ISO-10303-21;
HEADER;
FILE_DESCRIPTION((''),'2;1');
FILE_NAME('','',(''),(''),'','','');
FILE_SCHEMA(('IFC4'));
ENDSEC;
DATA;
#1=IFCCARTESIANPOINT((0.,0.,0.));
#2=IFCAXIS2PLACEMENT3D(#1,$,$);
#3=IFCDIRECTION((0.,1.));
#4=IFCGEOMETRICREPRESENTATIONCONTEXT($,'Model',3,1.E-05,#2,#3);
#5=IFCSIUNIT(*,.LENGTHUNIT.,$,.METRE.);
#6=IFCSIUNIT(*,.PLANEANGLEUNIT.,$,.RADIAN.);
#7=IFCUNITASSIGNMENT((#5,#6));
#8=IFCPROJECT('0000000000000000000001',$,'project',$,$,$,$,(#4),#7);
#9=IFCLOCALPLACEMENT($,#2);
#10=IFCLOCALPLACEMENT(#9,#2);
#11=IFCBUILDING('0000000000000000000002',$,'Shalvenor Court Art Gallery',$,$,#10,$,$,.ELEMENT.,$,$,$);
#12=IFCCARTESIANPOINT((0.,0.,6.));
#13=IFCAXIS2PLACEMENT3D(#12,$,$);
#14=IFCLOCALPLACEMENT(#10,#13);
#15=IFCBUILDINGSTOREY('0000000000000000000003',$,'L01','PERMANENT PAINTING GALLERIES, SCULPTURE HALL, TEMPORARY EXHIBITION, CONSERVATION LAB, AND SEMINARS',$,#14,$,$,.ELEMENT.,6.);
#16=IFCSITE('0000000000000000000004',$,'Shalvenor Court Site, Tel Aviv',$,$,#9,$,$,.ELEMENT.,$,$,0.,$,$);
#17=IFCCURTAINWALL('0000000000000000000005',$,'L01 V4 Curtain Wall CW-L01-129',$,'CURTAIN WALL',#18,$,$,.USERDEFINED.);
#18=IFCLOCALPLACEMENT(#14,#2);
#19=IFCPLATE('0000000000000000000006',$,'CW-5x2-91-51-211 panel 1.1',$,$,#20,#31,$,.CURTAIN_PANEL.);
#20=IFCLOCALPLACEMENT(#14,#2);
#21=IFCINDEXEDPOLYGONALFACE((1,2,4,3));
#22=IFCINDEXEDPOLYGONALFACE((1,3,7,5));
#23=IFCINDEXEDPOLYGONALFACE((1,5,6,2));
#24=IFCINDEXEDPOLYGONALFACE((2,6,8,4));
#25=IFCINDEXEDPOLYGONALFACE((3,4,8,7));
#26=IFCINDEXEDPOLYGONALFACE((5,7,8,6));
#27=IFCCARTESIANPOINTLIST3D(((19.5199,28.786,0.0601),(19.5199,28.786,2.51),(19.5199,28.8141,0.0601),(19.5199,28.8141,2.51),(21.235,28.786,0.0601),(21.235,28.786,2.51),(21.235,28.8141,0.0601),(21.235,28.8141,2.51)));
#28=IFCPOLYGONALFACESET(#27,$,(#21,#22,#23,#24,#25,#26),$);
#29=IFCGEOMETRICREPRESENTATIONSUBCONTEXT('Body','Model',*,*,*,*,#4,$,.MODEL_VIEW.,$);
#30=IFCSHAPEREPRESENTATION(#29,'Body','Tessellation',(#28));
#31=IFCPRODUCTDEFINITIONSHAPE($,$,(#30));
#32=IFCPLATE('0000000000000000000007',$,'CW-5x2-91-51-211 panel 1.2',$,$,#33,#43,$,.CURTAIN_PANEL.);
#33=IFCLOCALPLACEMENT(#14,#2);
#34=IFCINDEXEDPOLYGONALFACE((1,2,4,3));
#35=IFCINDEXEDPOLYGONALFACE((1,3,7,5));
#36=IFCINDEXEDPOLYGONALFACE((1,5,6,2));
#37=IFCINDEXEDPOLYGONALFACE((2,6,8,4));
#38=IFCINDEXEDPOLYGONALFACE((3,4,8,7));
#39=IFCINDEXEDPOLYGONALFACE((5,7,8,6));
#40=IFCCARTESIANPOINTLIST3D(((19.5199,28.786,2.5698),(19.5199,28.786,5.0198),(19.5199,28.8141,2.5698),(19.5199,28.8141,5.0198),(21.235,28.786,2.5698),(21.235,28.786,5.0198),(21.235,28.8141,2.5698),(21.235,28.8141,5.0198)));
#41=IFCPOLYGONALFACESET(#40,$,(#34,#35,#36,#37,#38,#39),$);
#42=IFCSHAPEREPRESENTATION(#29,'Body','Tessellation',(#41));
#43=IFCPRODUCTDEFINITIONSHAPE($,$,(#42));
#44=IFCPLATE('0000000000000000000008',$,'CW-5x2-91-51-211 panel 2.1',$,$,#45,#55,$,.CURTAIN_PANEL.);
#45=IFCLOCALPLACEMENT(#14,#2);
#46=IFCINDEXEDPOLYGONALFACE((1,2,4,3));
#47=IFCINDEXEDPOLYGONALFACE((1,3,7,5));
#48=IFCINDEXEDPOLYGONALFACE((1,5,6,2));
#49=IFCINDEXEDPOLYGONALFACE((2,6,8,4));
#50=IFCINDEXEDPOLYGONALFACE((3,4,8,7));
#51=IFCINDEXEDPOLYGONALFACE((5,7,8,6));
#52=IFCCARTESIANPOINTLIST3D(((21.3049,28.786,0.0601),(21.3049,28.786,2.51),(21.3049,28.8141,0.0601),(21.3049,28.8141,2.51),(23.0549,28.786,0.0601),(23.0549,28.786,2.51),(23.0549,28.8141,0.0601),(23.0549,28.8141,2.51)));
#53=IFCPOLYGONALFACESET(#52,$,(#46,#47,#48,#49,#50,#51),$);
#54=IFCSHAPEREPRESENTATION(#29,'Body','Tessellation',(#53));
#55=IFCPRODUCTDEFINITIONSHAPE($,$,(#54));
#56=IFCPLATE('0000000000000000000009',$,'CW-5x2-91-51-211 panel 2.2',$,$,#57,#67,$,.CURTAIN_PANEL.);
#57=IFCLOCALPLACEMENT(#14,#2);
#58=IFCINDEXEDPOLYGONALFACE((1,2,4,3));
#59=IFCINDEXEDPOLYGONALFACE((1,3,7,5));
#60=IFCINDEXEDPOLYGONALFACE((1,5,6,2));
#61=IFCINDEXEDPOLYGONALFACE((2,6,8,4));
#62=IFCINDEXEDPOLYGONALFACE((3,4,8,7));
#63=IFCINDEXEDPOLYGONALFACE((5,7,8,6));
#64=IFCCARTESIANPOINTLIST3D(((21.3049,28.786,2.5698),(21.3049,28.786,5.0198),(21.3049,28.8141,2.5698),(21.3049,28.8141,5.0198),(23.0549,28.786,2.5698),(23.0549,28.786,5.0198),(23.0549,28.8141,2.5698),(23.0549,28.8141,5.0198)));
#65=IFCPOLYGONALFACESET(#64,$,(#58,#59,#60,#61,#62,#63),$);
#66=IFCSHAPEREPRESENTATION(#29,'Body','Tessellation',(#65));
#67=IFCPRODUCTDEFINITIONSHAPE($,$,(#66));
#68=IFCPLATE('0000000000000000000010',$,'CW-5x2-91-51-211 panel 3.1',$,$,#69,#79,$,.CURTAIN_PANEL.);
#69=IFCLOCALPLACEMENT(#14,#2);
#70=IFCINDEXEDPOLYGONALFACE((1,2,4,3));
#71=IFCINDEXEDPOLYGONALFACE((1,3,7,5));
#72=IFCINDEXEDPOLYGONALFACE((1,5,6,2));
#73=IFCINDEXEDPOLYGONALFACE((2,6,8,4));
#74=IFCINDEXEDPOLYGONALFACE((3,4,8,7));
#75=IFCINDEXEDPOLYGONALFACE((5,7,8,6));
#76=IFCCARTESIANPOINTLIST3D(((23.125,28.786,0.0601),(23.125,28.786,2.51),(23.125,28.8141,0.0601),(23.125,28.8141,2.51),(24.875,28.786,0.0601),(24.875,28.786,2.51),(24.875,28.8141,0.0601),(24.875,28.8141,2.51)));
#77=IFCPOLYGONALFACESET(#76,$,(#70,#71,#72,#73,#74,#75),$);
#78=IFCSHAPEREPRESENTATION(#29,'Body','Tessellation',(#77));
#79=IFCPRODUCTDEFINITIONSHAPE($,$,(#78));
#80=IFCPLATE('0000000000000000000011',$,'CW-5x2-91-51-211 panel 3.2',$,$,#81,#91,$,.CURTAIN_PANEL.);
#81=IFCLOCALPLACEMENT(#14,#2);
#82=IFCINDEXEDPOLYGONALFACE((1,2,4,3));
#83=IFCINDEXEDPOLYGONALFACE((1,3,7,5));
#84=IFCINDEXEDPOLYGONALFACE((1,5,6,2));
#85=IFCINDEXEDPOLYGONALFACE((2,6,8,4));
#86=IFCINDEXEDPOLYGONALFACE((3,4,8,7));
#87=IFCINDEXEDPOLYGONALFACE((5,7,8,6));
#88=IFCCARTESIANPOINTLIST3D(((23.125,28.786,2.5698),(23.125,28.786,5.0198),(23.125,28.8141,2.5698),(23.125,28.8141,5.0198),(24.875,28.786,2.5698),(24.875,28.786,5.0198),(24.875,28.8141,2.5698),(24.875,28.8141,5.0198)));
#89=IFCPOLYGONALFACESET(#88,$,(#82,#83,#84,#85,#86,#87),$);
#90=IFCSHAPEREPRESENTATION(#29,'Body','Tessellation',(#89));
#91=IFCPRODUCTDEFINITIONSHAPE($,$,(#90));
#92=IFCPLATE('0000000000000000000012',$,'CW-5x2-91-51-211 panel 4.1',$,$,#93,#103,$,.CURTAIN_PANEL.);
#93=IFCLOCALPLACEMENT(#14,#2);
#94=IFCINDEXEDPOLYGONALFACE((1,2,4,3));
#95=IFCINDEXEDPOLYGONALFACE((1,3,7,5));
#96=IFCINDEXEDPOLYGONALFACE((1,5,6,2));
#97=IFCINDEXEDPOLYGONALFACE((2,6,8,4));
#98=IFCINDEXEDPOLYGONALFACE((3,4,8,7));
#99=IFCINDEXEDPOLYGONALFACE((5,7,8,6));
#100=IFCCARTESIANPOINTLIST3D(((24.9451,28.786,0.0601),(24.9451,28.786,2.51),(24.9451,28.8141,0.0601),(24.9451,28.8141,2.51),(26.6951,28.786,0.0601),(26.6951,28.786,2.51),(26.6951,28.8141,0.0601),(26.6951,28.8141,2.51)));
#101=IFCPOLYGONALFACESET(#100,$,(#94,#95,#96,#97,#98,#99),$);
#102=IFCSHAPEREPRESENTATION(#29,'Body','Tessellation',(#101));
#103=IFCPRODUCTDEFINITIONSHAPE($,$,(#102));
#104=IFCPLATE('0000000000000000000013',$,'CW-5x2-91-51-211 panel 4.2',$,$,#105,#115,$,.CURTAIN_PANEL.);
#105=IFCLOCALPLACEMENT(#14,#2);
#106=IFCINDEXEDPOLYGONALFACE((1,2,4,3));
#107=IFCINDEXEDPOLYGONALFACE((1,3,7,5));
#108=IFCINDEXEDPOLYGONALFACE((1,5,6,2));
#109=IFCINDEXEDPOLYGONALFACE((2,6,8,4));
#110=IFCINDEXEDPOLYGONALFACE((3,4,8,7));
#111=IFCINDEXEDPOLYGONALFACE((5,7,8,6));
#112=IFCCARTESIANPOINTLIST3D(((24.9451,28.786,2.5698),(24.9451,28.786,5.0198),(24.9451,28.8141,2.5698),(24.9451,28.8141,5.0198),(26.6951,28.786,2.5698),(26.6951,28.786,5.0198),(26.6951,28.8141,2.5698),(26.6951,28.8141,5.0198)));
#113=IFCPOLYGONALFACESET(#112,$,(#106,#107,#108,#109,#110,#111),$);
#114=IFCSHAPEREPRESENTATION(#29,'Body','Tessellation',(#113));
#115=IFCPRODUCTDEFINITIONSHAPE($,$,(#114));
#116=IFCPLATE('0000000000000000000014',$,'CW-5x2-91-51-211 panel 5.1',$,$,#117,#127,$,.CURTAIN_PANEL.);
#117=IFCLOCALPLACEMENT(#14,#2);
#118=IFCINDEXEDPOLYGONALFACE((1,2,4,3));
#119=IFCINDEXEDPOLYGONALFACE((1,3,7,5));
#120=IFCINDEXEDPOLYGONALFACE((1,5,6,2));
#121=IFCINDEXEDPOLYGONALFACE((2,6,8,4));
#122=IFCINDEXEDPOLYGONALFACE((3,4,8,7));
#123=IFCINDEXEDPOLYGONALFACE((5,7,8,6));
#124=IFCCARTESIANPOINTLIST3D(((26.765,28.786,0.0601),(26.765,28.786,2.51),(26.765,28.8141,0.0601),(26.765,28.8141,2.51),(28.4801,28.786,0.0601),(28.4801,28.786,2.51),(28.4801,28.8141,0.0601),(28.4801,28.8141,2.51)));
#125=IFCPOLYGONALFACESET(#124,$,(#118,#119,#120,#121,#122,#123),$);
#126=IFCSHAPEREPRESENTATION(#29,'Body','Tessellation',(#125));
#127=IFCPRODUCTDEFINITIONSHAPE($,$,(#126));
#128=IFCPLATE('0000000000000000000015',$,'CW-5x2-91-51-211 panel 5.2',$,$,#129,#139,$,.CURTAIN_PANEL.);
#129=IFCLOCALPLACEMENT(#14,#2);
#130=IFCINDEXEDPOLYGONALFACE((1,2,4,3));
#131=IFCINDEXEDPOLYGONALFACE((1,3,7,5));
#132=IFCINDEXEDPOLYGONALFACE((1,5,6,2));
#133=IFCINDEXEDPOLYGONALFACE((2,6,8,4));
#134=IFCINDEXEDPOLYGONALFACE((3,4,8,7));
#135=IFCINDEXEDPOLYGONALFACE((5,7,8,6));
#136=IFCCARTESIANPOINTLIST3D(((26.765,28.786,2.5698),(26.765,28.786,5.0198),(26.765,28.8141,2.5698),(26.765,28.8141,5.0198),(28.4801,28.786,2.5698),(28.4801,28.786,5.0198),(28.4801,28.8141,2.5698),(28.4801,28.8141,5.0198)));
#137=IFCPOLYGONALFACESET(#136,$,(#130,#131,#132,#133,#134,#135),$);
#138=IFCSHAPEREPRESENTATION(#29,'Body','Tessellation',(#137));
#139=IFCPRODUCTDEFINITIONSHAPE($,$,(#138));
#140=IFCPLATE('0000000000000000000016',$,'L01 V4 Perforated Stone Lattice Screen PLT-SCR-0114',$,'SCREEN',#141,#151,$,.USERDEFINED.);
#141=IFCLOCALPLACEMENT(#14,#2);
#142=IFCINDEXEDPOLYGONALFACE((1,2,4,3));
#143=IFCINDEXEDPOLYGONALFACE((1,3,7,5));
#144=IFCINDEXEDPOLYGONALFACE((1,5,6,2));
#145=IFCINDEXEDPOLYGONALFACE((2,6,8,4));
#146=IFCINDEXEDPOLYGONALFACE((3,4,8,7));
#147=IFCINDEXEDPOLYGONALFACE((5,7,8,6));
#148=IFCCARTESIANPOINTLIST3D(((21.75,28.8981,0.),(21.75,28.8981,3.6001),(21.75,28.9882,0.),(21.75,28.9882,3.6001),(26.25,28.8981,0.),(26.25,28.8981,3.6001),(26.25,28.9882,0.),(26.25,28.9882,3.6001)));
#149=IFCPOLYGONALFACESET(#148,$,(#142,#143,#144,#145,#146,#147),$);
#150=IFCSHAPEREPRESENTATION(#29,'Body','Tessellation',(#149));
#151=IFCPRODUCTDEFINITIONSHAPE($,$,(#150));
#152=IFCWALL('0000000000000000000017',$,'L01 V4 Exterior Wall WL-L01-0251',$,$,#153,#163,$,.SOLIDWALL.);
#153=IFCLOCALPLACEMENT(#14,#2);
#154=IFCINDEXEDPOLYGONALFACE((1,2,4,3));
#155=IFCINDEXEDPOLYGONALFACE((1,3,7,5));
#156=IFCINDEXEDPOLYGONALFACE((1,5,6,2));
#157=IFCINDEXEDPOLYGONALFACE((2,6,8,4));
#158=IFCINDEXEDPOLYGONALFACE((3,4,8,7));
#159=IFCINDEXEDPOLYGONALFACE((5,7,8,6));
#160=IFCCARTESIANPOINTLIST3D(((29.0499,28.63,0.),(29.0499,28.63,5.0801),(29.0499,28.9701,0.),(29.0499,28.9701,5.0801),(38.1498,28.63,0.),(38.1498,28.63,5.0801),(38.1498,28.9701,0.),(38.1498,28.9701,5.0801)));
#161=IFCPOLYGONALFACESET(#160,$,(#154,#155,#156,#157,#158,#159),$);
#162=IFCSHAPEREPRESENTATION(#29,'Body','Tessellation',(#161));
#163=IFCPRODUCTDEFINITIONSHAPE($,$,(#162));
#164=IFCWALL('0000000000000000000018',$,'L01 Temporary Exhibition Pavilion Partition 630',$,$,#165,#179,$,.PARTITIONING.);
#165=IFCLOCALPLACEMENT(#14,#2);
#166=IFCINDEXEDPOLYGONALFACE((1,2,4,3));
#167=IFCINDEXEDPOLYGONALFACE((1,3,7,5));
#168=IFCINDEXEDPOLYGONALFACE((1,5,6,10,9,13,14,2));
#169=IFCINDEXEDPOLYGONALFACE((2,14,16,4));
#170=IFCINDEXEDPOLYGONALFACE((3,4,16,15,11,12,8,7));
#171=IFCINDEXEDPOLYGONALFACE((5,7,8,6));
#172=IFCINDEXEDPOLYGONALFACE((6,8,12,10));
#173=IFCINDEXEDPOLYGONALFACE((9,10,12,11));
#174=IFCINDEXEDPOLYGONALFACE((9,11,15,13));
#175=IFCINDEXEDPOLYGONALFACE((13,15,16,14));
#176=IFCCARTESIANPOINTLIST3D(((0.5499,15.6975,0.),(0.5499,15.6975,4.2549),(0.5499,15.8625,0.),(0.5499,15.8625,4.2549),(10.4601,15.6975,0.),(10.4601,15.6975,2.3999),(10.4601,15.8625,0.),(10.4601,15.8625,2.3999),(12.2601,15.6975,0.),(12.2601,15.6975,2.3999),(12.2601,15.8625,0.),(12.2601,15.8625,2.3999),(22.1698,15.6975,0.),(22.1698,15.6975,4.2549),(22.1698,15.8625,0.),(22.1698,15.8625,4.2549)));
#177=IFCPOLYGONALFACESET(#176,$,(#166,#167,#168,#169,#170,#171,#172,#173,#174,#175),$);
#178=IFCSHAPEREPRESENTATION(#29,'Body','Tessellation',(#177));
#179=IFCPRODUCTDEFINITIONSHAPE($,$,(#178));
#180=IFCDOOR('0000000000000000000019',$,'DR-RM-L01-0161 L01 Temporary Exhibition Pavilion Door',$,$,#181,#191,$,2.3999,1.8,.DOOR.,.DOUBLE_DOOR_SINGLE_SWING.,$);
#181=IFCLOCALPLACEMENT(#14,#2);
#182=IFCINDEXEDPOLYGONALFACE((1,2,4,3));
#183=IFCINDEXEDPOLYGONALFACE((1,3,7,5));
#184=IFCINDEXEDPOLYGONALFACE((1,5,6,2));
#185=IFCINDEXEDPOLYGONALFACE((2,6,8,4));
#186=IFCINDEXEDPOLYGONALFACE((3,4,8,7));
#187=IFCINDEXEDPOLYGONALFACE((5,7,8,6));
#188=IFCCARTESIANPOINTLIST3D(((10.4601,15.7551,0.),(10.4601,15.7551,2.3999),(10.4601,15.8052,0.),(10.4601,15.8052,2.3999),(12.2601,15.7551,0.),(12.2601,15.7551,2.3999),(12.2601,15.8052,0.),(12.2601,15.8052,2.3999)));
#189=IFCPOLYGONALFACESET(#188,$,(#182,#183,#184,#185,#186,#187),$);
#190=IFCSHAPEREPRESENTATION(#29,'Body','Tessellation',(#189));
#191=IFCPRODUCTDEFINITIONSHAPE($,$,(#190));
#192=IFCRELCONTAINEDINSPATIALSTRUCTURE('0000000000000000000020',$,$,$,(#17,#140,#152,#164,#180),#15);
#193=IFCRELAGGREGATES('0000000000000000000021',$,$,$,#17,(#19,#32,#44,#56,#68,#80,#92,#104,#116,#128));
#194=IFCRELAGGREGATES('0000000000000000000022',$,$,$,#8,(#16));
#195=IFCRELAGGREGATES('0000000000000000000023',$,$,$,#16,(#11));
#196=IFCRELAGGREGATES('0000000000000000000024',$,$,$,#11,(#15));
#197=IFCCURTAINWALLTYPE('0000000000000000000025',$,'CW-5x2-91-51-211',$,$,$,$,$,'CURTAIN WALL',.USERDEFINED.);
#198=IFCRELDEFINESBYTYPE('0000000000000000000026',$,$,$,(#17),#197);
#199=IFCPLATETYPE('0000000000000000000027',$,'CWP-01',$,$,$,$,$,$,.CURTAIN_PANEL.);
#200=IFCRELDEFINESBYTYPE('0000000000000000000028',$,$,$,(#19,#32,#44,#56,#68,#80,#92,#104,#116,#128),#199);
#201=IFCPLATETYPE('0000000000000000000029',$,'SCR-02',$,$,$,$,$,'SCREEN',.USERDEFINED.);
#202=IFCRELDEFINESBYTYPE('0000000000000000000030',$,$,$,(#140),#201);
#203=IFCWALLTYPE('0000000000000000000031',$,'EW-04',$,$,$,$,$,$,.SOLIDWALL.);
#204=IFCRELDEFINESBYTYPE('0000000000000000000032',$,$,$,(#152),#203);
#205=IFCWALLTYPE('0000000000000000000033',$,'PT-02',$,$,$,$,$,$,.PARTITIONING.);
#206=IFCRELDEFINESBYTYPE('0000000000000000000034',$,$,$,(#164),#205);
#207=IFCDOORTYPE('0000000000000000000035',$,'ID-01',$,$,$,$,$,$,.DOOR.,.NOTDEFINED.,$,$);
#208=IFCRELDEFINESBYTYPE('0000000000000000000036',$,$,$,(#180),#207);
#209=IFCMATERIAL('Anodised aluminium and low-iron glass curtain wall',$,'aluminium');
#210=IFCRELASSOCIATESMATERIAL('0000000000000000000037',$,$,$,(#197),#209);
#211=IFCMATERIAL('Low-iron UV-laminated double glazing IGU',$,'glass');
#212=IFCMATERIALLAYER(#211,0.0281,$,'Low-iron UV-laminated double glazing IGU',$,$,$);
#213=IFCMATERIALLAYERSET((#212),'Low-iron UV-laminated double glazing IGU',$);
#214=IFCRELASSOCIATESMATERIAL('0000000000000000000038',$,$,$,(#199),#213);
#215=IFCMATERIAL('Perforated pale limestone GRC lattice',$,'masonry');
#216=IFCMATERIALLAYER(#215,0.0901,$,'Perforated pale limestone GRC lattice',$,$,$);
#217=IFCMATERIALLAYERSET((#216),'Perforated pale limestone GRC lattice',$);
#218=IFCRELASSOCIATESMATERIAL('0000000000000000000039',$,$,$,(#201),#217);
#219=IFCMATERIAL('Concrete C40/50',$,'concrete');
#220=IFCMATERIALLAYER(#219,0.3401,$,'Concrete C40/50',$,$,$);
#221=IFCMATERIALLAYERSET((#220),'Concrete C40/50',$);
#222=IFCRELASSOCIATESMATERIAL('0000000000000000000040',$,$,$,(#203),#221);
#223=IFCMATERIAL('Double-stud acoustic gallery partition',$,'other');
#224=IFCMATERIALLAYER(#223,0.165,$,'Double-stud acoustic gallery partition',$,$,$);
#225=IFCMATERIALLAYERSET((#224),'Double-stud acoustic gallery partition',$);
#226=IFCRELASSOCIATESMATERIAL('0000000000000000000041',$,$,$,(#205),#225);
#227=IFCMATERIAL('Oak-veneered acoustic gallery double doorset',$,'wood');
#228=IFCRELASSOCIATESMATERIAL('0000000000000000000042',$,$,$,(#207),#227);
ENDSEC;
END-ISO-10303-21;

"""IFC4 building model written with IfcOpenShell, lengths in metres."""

from ifc_helpers import new_model, si_unit, direction, frame, frame_2d, origin, origin_2d, place, context, subcontext, project, spatial, rectangle, extrude, material, layer, layer_set, type_object, element, fill, aggregate, save


model = new_model("IFC4")

# Units and contexts
model_context = context("Model", 3, precision=1e-05, world=origin(), true_north=direction((0.0, 1.0)))
body_context = subcontext(model_context, "Body", "Model", "MODEL_VIEW")
ifc_project = project(units=[si_unit("LENGTHUNIT", "METRE"), si_unit("PLANEANGLEUNIT", "RADIAN")], contexts=[model_context])

# Site, building, storey
site_placement = place(None, origin())
site = spatial("IfcSite", under=ifc_project, at=site_placement, Name="Shalvenor Court Site, Tel Aviv", CompositionType="ELEMENT", RefElevation=0.0)
building_placement = place(site_placement, origin())
building = spatial("IfcBuilding", under=site, at=building_placement, Name="Shalvenor Court Art Gallery", CompositionType="ELEMENT")
storey_placement = place(building_placement, frame((0.0, 0.0, 6.0)))
storey = spatial("IfcBuildingStorey", under=building, at=storey_placement, Name="L01", Description="PERMANENT PAINTING GALLERIES, SCULPTURE HALL, TEMPORARY EXHIBITION, CONSERVATION LAB, AND SEMINARS", CompositionType="ELEMENT", Elevation=6.0)

# Curtain wall
ifc_material_1 = material(Name="Anodised aluminium and low-iron glass curtain wall", Category="aluminium")
curtain_wall_type = type_object("IfcCurtainWallType", Name="CW-5x2-91-51-211", ElementType="CURTAIN WALL", PredefinedType="USERDEFINED", material=ifc_material_1)
curtain_wall_placement = place(storey_placement, origin())
curtain_wall = element("IfcCurtainWall", 1, at=curtain_wall_placement, inside=storey, type_object=curtain_wall_type, Name="L01 V4 Curtain Wall CW-L01-129", ObjectType="CURTAIN WALL", PredefinedType="USERDEFINED")

# Plates
ifc_material_2 = material(Name="Low-iron UV-laminated double glazing IGU", Category="glass")
ifc_layer_1 = layer(ifc_material_2, 0.0281, Name="Low-iron UV-laminated double glazing IGU")
ifc_layer_set_1 = layer_set([ifc_layer_1], Name="Low-iron UV-laminated double glazing IGU")
plate_type_1 = type_object("IfcPlateType", Name="CWP-01", PredefinedType="CURTAIN_PANEL", material=ifc_layer_set_1)
plate_1_placement = place(storey_placement, frame((20.3774, 28.8, 0.0601), z_axis=(0.0, 0.0, 1.0), x_axis=(1.0, 0.0, 0.0)))
plate_1 = element("IfcPlate", 2, at=plate_1_placement, type_object=plate_type_1, Name="CW-5x2-91-51-211 panel 1.1", PredefinedType="CURTAIN_PANEL", context=body_context, shape_type="SweptSolid", body=[
    extrude(rectangle(XDim=1.7151, YDim=0.0281, at=origin_2d()), origin(), (0.0, 0.0, 1.0), 2.45),
])
plate_2_placement = place(storey_placement, frame((20.3774, 28.8, 2.5698), z_axis=(0.0, 0.0, 1.0), x_axis=(1.0, 0.0, 0.0)))
plate_2 = element("IfcPlate", 3, at=plate_2_placement, type_object=plate_type_1, Name="CW-5x2-91-51-211 panel 1.2", PredefinedType="CURTAIN_PANEL", context=body_context, shape_type="SweptSolid", body=[
    extrude(rectangle(XDim=1.7151, YDim=0.0281, at=origin_2d()), origin(), (0.0, 0.0, 1.0), 2.45),
])
plate_3_placement = place(storey_placement, frame((22.1799, 28.8, 0.0601), z_axis=(0.0, 0.0, 1.0), x_axis=(1.0, 0.0, 0.0)))
plate_3 = element("IfcPlate", 4, at=plate_3_placement, type_object=plate_type_1, Name="CW-5x2-91-51-211 panel 2.1", PredefinedType="CURTAIN_PANEL", context=body_context, shape_type="SweptSolid", body=[
    extrude(rectangle(XDim=1.75, YDim=0.0281, at=origin_2d()), origin(), (0.0, 0.0, 1.0), 2.45),
])
plate_4_placement = place(storey_placement, frame((22.1799, 28.8, 2.5698), z_axis=(0.0, 0.0, 1.0), x_axis=(1.0, 0.0, 0.0)))
plate_4 = element("IfcPlate", 5, at=plate_4_placement, type_object=plate_type_1, Name="CW-5x2-91-51-211 panel 2.2", PredefinedType="CURTAIN_PANEL", context=body_context, shape_type="SweptSolid", body=[
    extrude(rectangle(XDim=1.75, YDim=0.0281, at=origin_2d()), origin(), (0.0, 0.0, 1.0), 2.45),
])
plate_5_placement = place(storey_placement, frame((24.0, 28.8, 0.0601), z_axis=(0.0, 0.0, 1.0), x_axis=(1.0, 0.0, 0.0)))
plate_5 = element("IfcPlate", 6, at=plate_5_placement, type_object=plate_type_1, Name="CW-5x2-91-51-211 panel 3.1", PredefinedType="CURTAIN_PANEL", context=body_context, shape_type="SweptSolid", body=[
    extrude(rectangle(XDim=1.75, YDim=0.0281, at=origin_2d()), origin(), (0.0, 0.0, 1.0), 2.45),
])
plate_6_placement = place(storey_placement, frame((24.0, 28.8, 2.5698), z_axis=(0.0, 0.0, 1.0), x_axis=(1.0, 0.0, 0.0)))
plate_6 = element("IfcPlate", 7, at=plate_6_placement, type_object=plate_type_1, Name="CW-5x2-91-51-211 panel 3.2", PredefinedType="CURTAIN_PANEL", context=body_context, shape_type="SweptSolid", body=[
    extrude(rectangle(XDim=1.75, YDim=0.0281, at=origin_2d()), origin(), (0.0, 0.0, 1.0), 2.45),
])
plate_7_placement = place(storey_placement, frame((25.8201, 28.8, 0.0601), z_axis=(0.0, 0.0, 1.0), x_axis=(1.0, 0.0, 0.0)))
plate_7 = element("IfcPlate", 8, at=plate_7_placement, type_object=plate_type_1, Name="CW-5x2-91-51-211 panel 4.1", PredefinedType="CURTAIN_PANEL", context=body_context, shape_type="SweptSolid", body=[
    extrude(rectangle(XDim=1.75, YDim=0.0281, at=origin_2d()), origin(), (0.0, 0.0, 1.0), 2.45),
])
plate_8_placement = place(storey_placement, frame((25.8201, 28.8, 2.5698), z_axis=(0.0, 0.0, 1.0), x_axis=(1.0, 0.0, 0.0)))
plate_8 = element("IfcPlate", 9, at=plate_8_placement, type_object=plate_type_1, Name="CW-5x2-91-51-211 panel 4.2", PredefinedType="CURTAIN_PANEL", context=body_context, shape_type="SweptSolid", body=[
    extrude(rectangle(XDim=1.75, YDim=0.0281, at=origin_2d()), origin(), (0.0, 0.0, 1.0), 2.45),
])
plate_9_placement = place(storey_placement, frame((27.6226, 28.8, 0.0601), z_axis=(0.0, 0.0, 1.0), x_axis=(1.0, 0.0, 0.0)))
plate_9 = element("IfcPlate", 10, at=plate_9_placement, type_object=plate_type_1, Name="CW-5x2-91-51-211 panel 5.1", PredefinedType="CURTAIN_PANEL", context=body_context, shape_type="SweptSolid", body=[
    extrude(rectangle(XDim=1.7151, YDim=0.0281, at=origin_2d()), origin(), (0.0, 0.0, 1.0), 2.45),
])
plate_10_placement = place(storey_placement, frame((27.6226, 28.8, 2.5698), z_axis=(0.0, 0.0, 1.0), x_axis=(1.0, 0.0, 0.0)))
plate_10 = element("IfcPlate", 11, at=plate_10_placement, type_object=plate_type_1, Name="CW-5x2-91-51-211 panel 5.2", PredefinedType="CURTAIN_PANEL", context=body_context, shape_type="SweptSolid", body=[
    extrude(rectangle(XDim=1.7151, YDim=0.0281, at=origin_2d()), origin(), (0.0, 0.0, 1.0), 2.45),
])
aggregate(curtain_wall, [plate_1, plate_2, plate_3, plate_4, plate_5, plate_6, plate_7, plate_8, plate_9, plate_10])
ifc_material_3 = material(Name="Perforated pale limestone GRC lattice", Category="masonry")
ifc_layer_2 = layer(ifc_material_3, 0.0901, Name="Perforated pale limestone GRC lattice")
ifc_layer_set_2 = layer_set([ifc_layer_2], Name="Perforated pale limestone GRC lattice")
plate_type_2 = type_object("IfcPlateType", Name="SCR-02", ElementType="SCREEN", PredefinedType="USERDEFINED", material=ifc_layer_set_2)
plate_11_placement = place(storey_placement, frame((24.0, 28.9431, 0.0), z_axis=(0.0, 0.0, 1.0), x_axis=(1.0, 0.0, 0.0)))
element("IfcPlate", 12, at=plate_11_placement, inside=storey, type_object=plate_type_2, Name="L01 V4 Perforated Stone Lattice Screen PLT-SCR-0114", ObjectType="SCREEN", PredefinedType="USERDEFINED", context=body_context, shape_type="SweptSolid", body=[
    extrude(rectangle(XDim=4.5, YDim=0.0901, at=origin_2d()), origin(), (0.0, 0.0, 1.0), 3.6001),
])

# Wall
ifc_material_4 = material(Name="Concrete C40/50", Category="concrete")
ifc_layer_3 = layer(ifc_material_4, 0.3401, Name="Concrete C40/50")
ifc_layer_set_3 = layer_set([ifc_layer_3], Name="Concrete C40/50")
wall_type_1 = type_object("IfcWallType", Name="EW-04", PredefinedType="SOLIDWALL", material=ifc_layer_set_3)
wall_1_placement = place(storey_placement, frame((29.05, 28.8, 0.0), z_axis=(0.0, 0.0, 1.0), x_axis=(1.0, 0.0, 0.0)))
element("IfcWall", 13, at=wall_1_placement, inside=storey, type_object=wall_type_1, Name="L01 V4 Exterior Wall WL-L01-0251", PredefinedType="SOLIDWALL", context=body_context, shape_type="SweptSolid", body=[
    extrude(rectangle(XDim=9.0999, YDim=0.3401, at=frame_2d((4.5498, 0.0))), origin(), (0.0, 0.0, 1.0), 5.0801),
])

# Wall, opening, door
ifc_material_5 = material(Name="Double-stud acoustic gallery partition", Category="other")
ifc_layer_4 = layer(ifc_material_5, 0.165, Name="Double-stud acoustic gallery partition")
ifc_layer_set_4 = layer_set([ifc_layer_4], Name="Double-stud acoustic gallery partition")
wall_type_2 = type_object("IfcWallType", Name="PT-02", PredefinedType="PARTITIONING", material=ifc_layer_set_4)
wall_2_placement = place(storey_placement, frame((22.1699, 15.78, 0.0), z_axis=(0.0, 0.0, 1.0), x_axis=(-1.0, 0.0, 0.0)))
wall_2 = element("IfcWall", 14, at=wall_2_placement, inside=storey, type_object=wall_type_2, Name="L01 Temporary Exhibition Pavilion Partition 630", PredefinedType="PARTITIONING", context=body_context, shape_type="SweptSolid", body=[
    extrude(rectangle(XDim=21.6199, YDim=0.165, at=frame_2d((10.8101, 0.0))), origin(), (0.0, 0.0, 1.0), 4.2549),
])
opening_1_placement = place(wall_2_placement, frame((9.9099, 0.0, 0.0)))
opening_1 = element("IfcOpeningElement", 15, at=opening_1_placement, cuts=wall_2, PredefinedType="OPENING", context=body_context, shape_type="SweptSolid", body=[
    extrude(rectangle(XDim=1.8, YDim=2.3999, at=frame_2d((0.8999, 1.2))), frame((0.0, 0.0925, 0.0), z_axis=(0.0, -1.0, 0.0), x_axis=(1.0, 0.0, 0.0)), (0.0, 0.0, 1.0), 0.1851),
])
ifc_material_6 = material(Name="Oak-veneered acoustic gallery double doorset", Category="wood")
door_type_1 = type_object("IfcDoorType", Name="ID-01", OperationType="NOTDEFINED", PredefinedType="DOOR", material=ifc_material_6)
door_1_placement = place(opening_1_placement, origin())
door_1 = element("IfcDoor", 16, at=door_1_placement, inside=storey, type_object=door_type_1, Name="DR-RM-L01-0161 L01 Temporary Exhibition Pavilion Door", OperationType="DOUBLE_DOOR_SINGLE_SWING", OverallHeight=2.3999, OverallWidth=1.8, PredefinedType="DOOR", context=body_context, shape_type="SweptSolid", body=[
    extrude(rectangle(XDim=1.8, YDim=2.3999, at=frame_2d((0.8999, 1.2))), frame((0.0, 0.0249, 0.0), z_axis=(0.0, -1.0, 0.0), x_axis=(1.0, 0.0, 0.0)), (0.0, 0.0, 1.0), 0.05),
])
fill(opening_1, door_1)

save(model, "model.ifc")
